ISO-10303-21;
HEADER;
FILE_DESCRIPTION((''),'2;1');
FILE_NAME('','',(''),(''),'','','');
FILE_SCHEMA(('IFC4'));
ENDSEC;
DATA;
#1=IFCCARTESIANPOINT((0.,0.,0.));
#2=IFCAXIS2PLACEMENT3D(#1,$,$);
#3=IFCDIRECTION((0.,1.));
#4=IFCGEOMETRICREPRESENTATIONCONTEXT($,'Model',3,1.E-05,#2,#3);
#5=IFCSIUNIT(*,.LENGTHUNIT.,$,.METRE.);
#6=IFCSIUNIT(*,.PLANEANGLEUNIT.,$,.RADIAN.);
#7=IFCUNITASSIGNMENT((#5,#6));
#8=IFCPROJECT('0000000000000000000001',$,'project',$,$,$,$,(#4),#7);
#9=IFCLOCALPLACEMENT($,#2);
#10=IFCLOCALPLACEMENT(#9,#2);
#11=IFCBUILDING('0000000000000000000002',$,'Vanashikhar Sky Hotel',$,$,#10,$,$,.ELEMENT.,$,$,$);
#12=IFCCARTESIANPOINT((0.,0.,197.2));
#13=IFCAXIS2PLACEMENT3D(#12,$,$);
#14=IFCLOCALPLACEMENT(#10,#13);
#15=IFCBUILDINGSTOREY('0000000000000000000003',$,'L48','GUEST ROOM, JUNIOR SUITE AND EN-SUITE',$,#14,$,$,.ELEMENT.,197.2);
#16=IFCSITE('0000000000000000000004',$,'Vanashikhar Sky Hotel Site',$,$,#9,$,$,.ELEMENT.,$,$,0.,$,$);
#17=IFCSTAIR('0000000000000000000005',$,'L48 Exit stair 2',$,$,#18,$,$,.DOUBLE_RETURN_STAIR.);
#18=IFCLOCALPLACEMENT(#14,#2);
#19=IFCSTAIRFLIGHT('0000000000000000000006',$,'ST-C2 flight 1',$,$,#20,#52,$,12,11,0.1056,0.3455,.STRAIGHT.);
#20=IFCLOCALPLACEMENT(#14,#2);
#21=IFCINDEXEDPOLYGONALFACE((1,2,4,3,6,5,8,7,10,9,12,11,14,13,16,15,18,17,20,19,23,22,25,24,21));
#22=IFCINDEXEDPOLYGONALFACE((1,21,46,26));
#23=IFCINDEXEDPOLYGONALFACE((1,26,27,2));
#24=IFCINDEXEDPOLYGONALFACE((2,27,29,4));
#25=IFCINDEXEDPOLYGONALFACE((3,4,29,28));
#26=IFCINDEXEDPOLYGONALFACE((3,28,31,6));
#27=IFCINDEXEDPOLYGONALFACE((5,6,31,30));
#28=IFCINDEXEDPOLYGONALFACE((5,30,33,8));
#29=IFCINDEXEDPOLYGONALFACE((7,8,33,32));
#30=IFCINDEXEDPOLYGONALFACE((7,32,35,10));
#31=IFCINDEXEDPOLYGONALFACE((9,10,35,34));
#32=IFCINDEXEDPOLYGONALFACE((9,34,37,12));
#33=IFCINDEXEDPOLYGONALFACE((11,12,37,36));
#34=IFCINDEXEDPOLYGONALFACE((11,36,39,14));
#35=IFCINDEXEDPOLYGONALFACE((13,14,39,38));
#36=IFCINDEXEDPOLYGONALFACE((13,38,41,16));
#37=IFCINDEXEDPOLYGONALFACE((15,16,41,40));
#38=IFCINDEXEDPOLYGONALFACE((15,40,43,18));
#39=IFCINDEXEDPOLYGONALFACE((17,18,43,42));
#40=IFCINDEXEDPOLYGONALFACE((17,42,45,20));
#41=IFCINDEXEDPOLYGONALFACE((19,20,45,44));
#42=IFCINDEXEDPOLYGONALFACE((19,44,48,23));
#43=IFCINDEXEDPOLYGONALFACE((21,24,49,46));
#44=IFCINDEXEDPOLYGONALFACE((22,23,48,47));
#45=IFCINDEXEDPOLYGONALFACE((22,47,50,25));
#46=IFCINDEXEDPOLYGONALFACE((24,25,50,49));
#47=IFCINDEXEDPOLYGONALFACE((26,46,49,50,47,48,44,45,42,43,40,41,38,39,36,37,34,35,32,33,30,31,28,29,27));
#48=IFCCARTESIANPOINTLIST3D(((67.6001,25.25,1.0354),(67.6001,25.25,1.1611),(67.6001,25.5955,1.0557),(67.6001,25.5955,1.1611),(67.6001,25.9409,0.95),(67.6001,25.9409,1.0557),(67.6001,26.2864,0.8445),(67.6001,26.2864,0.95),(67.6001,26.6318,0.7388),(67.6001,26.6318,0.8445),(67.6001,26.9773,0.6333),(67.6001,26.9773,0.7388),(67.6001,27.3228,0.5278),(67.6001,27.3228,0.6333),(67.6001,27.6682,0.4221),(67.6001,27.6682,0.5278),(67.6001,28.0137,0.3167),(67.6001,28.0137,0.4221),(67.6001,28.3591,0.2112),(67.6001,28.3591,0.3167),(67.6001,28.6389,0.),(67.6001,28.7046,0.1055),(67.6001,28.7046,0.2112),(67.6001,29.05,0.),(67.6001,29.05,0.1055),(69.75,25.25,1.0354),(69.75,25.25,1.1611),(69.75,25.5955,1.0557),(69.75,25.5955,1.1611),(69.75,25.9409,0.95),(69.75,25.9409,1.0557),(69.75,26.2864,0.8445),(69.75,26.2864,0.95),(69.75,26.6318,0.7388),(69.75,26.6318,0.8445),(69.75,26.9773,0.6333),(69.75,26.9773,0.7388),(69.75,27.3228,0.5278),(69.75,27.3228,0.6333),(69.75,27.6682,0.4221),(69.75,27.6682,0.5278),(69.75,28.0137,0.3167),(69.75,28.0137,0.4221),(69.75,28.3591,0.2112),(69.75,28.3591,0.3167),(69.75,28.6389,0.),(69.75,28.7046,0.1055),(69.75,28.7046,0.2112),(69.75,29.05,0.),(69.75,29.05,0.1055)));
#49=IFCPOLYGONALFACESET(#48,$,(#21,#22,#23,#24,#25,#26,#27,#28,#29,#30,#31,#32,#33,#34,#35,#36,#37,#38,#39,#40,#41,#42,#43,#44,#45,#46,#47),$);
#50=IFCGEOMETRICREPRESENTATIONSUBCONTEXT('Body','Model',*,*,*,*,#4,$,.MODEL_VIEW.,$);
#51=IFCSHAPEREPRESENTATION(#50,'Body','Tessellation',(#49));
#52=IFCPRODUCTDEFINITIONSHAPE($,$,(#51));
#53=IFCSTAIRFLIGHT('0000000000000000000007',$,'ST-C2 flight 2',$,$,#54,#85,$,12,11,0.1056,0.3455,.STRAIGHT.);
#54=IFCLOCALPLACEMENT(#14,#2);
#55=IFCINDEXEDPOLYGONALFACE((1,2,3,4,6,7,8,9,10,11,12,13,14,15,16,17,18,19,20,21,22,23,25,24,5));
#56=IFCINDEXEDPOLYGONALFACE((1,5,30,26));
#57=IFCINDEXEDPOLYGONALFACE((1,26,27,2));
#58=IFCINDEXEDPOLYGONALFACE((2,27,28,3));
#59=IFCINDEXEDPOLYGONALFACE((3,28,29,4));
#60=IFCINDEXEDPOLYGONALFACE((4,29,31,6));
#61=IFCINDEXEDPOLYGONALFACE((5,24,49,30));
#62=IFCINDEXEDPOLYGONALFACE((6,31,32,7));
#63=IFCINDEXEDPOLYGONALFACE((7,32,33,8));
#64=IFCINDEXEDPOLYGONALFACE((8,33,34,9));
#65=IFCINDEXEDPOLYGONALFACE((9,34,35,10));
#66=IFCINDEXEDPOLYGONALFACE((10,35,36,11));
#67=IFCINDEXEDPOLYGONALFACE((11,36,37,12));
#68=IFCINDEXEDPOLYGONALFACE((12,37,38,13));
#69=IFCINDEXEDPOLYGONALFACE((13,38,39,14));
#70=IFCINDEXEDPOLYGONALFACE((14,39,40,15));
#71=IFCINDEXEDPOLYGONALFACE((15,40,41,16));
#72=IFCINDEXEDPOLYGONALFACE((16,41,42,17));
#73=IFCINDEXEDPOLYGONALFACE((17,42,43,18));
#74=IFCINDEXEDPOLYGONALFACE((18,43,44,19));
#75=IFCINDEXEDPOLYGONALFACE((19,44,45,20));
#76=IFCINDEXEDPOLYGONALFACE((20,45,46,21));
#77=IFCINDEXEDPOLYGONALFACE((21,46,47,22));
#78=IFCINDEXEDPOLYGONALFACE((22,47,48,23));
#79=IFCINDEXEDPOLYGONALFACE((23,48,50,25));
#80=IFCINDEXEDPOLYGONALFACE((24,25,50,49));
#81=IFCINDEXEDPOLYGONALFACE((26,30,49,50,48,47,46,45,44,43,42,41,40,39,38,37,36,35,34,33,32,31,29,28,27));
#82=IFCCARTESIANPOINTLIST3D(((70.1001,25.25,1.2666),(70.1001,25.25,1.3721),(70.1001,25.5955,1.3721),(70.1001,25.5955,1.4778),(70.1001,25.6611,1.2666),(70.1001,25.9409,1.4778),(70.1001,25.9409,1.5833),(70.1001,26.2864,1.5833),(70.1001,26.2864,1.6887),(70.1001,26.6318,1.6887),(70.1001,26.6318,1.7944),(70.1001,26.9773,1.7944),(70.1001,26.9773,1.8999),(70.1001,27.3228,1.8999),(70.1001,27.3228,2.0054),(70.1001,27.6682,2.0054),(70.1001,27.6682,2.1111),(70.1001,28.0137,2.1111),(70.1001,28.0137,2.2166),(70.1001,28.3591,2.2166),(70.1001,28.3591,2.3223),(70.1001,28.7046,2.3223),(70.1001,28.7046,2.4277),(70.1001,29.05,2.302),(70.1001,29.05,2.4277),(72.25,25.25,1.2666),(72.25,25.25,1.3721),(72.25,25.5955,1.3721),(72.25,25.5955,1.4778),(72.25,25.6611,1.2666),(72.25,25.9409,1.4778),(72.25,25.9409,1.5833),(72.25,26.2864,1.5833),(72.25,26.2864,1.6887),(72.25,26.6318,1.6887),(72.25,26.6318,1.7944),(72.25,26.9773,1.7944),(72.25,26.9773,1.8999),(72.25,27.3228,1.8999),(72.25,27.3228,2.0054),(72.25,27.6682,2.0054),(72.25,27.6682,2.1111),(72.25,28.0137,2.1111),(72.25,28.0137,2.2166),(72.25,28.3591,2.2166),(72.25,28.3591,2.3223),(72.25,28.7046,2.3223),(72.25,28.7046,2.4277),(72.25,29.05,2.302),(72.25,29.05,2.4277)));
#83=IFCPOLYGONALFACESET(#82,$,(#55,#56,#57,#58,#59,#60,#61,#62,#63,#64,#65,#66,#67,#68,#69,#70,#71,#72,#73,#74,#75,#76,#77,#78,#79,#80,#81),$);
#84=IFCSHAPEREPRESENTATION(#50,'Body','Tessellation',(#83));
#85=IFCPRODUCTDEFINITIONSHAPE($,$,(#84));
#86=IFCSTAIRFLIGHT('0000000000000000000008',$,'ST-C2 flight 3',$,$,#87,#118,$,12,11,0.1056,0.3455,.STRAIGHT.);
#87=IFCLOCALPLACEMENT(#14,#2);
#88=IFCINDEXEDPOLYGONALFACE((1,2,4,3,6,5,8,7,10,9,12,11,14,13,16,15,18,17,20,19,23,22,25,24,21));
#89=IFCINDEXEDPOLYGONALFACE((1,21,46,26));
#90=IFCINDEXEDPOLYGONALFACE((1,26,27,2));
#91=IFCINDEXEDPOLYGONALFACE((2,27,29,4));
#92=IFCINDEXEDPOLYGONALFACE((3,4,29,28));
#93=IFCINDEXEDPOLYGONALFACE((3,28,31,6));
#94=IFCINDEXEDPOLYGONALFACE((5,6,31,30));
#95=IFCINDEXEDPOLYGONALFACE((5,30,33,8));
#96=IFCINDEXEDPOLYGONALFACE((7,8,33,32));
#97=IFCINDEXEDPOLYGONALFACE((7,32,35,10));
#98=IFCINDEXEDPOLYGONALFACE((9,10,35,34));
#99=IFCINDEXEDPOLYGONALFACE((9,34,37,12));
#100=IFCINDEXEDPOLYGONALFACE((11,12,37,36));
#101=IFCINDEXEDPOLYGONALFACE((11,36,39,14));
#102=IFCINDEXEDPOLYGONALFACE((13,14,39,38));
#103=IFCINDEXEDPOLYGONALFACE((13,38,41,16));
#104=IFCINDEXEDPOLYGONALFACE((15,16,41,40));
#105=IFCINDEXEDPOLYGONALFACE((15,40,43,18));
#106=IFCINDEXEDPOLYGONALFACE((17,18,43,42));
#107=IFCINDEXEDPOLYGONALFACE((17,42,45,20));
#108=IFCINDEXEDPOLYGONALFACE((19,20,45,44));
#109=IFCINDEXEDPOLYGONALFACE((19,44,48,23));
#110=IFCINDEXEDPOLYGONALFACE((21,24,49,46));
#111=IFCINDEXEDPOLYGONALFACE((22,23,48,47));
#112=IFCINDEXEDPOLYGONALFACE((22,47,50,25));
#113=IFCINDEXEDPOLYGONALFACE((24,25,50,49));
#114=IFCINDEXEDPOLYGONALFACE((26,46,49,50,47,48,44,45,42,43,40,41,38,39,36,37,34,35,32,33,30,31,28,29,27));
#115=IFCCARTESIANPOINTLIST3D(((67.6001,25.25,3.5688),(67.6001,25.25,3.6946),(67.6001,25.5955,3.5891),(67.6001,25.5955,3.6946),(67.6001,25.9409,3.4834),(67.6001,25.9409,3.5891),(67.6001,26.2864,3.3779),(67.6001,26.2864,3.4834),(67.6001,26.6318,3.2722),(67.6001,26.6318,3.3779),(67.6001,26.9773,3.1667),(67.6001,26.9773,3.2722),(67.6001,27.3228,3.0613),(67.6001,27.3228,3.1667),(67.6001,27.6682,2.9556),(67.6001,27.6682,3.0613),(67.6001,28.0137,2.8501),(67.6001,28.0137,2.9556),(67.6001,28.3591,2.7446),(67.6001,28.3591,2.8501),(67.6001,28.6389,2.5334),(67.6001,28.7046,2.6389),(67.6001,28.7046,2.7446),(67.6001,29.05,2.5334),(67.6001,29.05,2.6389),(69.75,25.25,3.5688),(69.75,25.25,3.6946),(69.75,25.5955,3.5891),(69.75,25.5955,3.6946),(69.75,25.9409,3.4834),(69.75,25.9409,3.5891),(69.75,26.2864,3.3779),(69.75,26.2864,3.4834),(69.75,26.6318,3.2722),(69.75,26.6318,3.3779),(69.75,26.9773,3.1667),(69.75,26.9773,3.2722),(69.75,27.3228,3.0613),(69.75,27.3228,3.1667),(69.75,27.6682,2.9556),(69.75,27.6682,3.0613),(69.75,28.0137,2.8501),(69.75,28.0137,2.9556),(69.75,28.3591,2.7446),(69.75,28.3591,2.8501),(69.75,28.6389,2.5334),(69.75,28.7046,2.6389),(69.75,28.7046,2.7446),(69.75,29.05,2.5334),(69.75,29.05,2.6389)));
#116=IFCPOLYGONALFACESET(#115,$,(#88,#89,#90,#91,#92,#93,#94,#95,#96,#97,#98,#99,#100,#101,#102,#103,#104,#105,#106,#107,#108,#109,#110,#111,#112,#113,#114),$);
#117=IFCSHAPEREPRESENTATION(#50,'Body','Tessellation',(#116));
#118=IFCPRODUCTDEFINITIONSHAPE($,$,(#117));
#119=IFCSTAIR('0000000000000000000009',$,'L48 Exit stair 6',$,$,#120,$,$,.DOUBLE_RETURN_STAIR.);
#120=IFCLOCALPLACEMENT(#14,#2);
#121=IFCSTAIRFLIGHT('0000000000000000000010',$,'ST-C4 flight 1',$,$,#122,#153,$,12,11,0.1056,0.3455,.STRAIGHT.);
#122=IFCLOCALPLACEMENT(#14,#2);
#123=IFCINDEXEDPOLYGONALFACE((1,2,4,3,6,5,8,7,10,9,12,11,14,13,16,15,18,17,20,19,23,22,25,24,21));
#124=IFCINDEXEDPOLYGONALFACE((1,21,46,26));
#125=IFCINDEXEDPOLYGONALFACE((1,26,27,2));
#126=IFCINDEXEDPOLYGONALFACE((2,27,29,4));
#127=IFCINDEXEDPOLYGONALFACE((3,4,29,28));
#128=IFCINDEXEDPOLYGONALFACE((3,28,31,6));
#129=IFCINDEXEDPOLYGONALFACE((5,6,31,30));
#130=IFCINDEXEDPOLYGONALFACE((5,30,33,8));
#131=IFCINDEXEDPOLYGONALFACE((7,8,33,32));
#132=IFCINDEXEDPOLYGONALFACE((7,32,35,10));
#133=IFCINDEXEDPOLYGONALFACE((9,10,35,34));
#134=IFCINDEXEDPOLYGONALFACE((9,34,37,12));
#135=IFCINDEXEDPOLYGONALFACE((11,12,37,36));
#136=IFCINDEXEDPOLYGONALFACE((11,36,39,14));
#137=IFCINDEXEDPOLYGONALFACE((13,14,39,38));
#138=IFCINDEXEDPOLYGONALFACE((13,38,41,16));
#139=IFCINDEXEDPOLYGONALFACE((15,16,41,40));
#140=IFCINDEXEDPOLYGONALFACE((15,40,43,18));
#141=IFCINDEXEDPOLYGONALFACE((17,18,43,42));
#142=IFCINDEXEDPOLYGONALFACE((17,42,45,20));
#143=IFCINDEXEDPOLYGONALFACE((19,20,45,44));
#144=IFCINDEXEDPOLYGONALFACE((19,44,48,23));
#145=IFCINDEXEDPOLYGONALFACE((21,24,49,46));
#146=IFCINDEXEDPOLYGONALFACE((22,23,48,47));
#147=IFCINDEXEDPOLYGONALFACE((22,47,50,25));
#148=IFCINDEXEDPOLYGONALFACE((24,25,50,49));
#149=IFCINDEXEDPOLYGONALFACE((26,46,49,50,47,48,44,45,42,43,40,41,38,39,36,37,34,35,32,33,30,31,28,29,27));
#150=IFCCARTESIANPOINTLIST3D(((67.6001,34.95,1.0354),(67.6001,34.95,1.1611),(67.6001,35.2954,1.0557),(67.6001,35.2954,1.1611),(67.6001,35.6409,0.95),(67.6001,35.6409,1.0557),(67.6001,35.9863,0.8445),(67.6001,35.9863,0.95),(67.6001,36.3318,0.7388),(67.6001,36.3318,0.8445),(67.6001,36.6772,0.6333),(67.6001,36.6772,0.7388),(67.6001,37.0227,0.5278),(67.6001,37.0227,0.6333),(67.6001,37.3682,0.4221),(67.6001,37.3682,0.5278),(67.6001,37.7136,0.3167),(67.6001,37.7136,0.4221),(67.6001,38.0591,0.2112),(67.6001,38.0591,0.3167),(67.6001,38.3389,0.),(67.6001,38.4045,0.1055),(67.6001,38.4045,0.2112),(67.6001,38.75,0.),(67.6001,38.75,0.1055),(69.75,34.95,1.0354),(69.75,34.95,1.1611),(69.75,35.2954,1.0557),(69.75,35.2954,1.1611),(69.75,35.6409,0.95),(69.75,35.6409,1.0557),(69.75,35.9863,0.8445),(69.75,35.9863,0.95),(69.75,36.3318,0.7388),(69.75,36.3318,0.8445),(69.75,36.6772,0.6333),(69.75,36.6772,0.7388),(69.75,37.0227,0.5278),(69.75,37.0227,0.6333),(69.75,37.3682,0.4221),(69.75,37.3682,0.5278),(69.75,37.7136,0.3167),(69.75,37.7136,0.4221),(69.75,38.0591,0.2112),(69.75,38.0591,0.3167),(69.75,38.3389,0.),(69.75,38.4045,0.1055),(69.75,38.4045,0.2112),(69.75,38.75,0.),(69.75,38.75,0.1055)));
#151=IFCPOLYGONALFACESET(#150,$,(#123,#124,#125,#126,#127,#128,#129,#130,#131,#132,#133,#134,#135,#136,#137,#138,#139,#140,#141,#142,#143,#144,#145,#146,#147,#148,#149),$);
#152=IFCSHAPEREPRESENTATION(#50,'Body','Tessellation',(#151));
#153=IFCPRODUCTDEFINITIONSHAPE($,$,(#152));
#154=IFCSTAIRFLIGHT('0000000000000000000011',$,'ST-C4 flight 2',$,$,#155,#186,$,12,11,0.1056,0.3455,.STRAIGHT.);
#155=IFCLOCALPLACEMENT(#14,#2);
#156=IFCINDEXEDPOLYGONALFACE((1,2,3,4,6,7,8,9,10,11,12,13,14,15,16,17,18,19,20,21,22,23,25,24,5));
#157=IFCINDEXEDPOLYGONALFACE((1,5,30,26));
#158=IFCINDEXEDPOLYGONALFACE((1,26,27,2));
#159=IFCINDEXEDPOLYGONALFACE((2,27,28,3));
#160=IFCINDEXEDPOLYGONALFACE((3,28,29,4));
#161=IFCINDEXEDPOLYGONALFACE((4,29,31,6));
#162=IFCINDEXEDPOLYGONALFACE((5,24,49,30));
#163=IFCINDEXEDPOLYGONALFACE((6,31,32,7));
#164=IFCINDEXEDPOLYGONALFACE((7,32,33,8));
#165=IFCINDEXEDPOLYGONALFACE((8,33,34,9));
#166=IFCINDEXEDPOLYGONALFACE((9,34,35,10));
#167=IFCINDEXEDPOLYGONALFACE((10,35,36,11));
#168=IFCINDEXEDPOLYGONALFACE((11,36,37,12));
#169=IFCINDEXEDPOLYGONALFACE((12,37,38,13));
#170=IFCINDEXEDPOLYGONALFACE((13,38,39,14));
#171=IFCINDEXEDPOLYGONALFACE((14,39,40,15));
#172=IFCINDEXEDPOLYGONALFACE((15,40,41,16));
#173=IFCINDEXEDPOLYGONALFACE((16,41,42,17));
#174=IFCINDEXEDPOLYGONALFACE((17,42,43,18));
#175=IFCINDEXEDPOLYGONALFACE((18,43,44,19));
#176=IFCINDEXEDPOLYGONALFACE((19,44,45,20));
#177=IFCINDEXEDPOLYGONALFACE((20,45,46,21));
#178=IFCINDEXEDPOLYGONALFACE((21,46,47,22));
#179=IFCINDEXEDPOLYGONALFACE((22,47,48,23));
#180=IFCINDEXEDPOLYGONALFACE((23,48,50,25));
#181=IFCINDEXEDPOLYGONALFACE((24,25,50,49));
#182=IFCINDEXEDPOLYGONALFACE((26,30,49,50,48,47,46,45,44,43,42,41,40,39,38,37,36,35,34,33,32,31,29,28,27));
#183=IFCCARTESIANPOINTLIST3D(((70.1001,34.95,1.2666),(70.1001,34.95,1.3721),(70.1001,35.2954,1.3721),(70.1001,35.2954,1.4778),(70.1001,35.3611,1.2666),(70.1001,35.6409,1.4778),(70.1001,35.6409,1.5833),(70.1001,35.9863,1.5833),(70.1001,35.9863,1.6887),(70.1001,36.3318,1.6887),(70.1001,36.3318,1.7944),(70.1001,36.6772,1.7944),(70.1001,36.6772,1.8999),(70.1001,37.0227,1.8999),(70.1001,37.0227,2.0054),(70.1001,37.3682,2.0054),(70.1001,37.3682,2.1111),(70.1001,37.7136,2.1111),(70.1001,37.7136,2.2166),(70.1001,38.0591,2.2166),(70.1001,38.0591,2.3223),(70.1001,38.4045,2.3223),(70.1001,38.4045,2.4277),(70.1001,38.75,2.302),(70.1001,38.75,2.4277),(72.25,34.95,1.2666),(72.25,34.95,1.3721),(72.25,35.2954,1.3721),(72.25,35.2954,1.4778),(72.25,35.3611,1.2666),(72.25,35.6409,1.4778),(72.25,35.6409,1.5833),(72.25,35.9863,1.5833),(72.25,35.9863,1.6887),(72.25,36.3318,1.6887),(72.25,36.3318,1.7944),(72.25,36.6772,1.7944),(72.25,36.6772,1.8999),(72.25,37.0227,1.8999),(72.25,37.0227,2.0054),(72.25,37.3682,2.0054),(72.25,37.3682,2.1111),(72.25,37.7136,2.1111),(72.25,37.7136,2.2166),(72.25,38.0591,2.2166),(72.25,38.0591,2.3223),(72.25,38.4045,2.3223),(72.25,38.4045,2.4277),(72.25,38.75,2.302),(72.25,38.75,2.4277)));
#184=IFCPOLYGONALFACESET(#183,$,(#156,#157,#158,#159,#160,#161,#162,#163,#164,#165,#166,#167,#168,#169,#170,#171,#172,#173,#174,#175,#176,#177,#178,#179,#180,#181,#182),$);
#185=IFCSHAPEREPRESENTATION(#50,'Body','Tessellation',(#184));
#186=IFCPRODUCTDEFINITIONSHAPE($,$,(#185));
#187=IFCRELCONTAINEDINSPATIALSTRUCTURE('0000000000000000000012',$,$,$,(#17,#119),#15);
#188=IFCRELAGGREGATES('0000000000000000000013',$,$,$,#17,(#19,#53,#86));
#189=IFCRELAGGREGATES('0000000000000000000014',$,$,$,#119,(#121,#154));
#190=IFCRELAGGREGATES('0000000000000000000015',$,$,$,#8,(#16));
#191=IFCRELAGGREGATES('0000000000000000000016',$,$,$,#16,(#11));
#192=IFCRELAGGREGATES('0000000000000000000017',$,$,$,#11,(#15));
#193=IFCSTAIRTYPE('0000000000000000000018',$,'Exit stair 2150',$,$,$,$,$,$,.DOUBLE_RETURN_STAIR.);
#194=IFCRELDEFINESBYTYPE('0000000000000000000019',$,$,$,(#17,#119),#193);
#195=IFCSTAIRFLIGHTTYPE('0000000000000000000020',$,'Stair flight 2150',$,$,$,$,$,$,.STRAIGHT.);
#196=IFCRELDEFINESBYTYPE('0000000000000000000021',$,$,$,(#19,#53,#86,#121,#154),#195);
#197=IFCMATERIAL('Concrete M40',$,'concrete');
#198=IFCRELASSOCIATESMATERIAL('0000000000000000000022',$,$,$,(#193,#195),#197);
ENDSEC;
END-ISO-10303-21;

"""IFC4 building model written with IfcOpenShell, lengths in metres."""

from ifc_helpers import new_model, si_unit, direction, frame, origin, place, context, subcontext, project, spatial, polyline, outline, extrude, source, transform, mapped, material, type_object, element, aggregate, save


model = new_model("IFC4")

# Units and contexts
model_context = context("Model", 3, precision=1e-05, world=origin(), true_north=direction((0.0, 1.0)))
body_context = subcontext(model_context, "Body", "Model", "MODEL_VIEW")
ifc_project = project(units=[si_unit("LENGTHUNIT", "METRE"), si_unit("PLANEANGLEUNIT", "RADIAN")], contexts=[model_context])

# Site, building, storey
site_placement = place(None, origin())
site = spatial("IfcSite", under=ifc_project, at=site_placement, Name="Vanashikhar Sky Hotel Site", CompositionType="ELEMENT", RefElevation=0.0)
building_placement = place(site_placement, origin())
building = spatial("IfcBuilding", under=site, at=building_placement, Name="Vanashikhar Sky Hotel", CompositionType="ELEMENT")
storey_placement = place(building_placement, frame((0.0, 0.0, 197.2)))
storey = spatial("IfcBuildingStorey", under=building, at=storey_placement, Name="L48", Description="GUEST ROOM, JUNIOR SUITE AND EN-SUITE", CompositionType="ELEMENT", Elevation=197.2)

# Shared definitions
ifc_material_1 = material(Name="Concrete M40", Category="concrete")

# Stairs, stair flights
stair_type = type_object("IfcStairType", Name="Exit stair 2150", PredefinedType="DOUBLE_RETURN_STAIR", material=ifc_material_1)
stair_1_placement = place(storey_placement, origin())
stair_1 = element("IfcStair", 1, at=stair_1_placement, inside=storey, type_object=stair_type, Name="L48 Exit stair 2", PredefinedType="DOUBLE_RETURN_STAIR")
stair_flight_type = type_object("IfcStairFlightType", Name="Stair flight 2150", PredefinedType="STRAIGHT", material=ifc_material_1)
shared_shape_1 = source(origin(), body_context, "Body", "SweptSolid", [
    extrude(outline(polyline([(0.0, 0.0), (0.0, 0.1055), (0.3455, 0.1055), (0.3455, 0.2112), (0.6909, 0.2112), (0.6909, 0.3167), (1.0364, 0.3167), (1.0364, 0.4221), (1.3818, 0.4221), (1.3818, 0.5278), (1.7273, 0.5278), (1.7273, 0.6333), (2.0728, 0.6333), (2.0728, 0.7388), (2.4182, 0.7388), (2.4182, 0.8445), (2.7637, 0.8445), (2.7637, 0.95), (3.1091, 0.95), (3.1091, 1.0557), (3.4546, 1.0557), (3.4546, 1.1611), (3.8, 1.1611), (3.8, 1.2666), (3.8, 1.0354), (0.4111, 0.0), (0.0, 0.0)])), frame((0.0, 1.075, 0.0), z_axis=(0.0, -1.0, 0.0), x_axis=(1.0, 0.0, 0.0)), (0.0, 0.0, 1.0), 2.1499),
])
stair_flight_1_placement = place(storey_placement, frame((68.675, 29.05, 0.0), z_axis=(0.0, 0.0, 1.0), x_axis=(0.0, -1.0, 0.0)))
stair_flight_1 = element("IfcStairFlight", 2, at=stair_flight_1_placement, type_object=stair_flight_type, Name="ST-C2 flight 1", NumberOfRisers=12, NumberOfTreads=11, PredefinedType="STRAIGHT", RiserHeight=0.1056, TreadLength=0.3455, context=body_context, shape_type="MappedRepresentation", body=[
    mapped(shared_shape_1, transform((0.0, 0.0, 0.0), scale=1.0)),
])
stair_flight_2_placement = place(storey_placement, frame((71.175, 25.25, 1.2666), z_axis=(0.0, 0.0, 1.0), x_axis=(0.0, 1.0, 0.0)))
stair_flight_2 = element("IfcStairFlight", 3, at=stair_flight_2_placement, type_object=stair_flight_type, Name="ST-C2 flight 2", NumberOfRisers=12, NumberOfTreads=11, PredefinedType="STRAIGHT", RiserHeight=0.1056, TreadLength=0.3455, context=body_context, shape_type="MappedRepresentation", body=[
    mapped(shared_shape_1, transform((0.0, 0.0, 0.0), scale=1.0)),
])
stair_flight_3_placement = place(storey_placement, frame((68.675, 29.05, 2.5334), z_axis=(0.0, 0.0, 1.0), x_axis=(0.0, -1.0, 0.0)))
stair_flight_3 = element("IfcStairFlight", 4, at=stair_flight_3_placement, type_object=stair_flight_type, Name="ST-C2 flight 3", NumberOfRisers=12, NumberOfTreads=11, PredefinedType="STRAIGHT", RiserHeight=0.1056, TreadLength=0.3455, context=body_context, shape_type="MappedRepresentation", body=[
    mapped(shared_shape_1, transform((0.0, 0.0, 0.0), scale=1.0)),
])
aggregate(stair_1, [stair_flight_1, stair_flight_2, stair_flight_3])
stair_2_placement = place(storey_placement, origin())
stair_2 = element("IfcStair", 5, at=stair_2_placement, inside=storey, type_object=stair_type, Name="L48 Exit stair 6", PredefinedType="DOUBLE_RETURN_STAIR")
stair_flight_4_placement = place(storey_placement, frame((68.675, 38.75, 0.0), z_axis=(0.0, 0.0, 1.0), x_axis=(0.0, -1.0, 0.0)))
stair_flight_4 = element("IfcStairFlight", 6, at=stair_flight_4_placement, type_object=stair_flight_type, Name="ST-C4 flight 1", NumberOfRisers=12, NumberOfTreads=11, PredefinedType="STRAIGHT", RiserHeight=0.1056, TreadLength=0.3455, context=body_context, shape_type="MappedRepresentation", body=[
    mapped(shared_shape_1, transform((0.0, 0.0, 0.0), scale=1.0)),
])
stair_flight_5_placement = place(storey_placement, frame((71.175, 34.95, 1.2666), z_axis=(0.0, 0.0, 1.0), x_axis=(0.0, 1.0, 0.0)))
stair_flight_5 = element("IfcStairFlight", 7, at=stair_flight_5_placement, type_object=stair_flight_type, Name="ST-C4 flight 2", NumberOfRisers=12, NumberOfTreads=11, PredefinedType="STRAIGHT", RiserHeight=0.1056, TreadLength=0.3455, context=body_context, shape_type="MappedRepresentation", body=[
    mapped(shared_shape_1, transform((0.0, 0.0, 0.0), scale=1.0)),
])
aggregate(stair_2, [stair_flight_4, stair_flight_5])

save(model, "model.ifc")
